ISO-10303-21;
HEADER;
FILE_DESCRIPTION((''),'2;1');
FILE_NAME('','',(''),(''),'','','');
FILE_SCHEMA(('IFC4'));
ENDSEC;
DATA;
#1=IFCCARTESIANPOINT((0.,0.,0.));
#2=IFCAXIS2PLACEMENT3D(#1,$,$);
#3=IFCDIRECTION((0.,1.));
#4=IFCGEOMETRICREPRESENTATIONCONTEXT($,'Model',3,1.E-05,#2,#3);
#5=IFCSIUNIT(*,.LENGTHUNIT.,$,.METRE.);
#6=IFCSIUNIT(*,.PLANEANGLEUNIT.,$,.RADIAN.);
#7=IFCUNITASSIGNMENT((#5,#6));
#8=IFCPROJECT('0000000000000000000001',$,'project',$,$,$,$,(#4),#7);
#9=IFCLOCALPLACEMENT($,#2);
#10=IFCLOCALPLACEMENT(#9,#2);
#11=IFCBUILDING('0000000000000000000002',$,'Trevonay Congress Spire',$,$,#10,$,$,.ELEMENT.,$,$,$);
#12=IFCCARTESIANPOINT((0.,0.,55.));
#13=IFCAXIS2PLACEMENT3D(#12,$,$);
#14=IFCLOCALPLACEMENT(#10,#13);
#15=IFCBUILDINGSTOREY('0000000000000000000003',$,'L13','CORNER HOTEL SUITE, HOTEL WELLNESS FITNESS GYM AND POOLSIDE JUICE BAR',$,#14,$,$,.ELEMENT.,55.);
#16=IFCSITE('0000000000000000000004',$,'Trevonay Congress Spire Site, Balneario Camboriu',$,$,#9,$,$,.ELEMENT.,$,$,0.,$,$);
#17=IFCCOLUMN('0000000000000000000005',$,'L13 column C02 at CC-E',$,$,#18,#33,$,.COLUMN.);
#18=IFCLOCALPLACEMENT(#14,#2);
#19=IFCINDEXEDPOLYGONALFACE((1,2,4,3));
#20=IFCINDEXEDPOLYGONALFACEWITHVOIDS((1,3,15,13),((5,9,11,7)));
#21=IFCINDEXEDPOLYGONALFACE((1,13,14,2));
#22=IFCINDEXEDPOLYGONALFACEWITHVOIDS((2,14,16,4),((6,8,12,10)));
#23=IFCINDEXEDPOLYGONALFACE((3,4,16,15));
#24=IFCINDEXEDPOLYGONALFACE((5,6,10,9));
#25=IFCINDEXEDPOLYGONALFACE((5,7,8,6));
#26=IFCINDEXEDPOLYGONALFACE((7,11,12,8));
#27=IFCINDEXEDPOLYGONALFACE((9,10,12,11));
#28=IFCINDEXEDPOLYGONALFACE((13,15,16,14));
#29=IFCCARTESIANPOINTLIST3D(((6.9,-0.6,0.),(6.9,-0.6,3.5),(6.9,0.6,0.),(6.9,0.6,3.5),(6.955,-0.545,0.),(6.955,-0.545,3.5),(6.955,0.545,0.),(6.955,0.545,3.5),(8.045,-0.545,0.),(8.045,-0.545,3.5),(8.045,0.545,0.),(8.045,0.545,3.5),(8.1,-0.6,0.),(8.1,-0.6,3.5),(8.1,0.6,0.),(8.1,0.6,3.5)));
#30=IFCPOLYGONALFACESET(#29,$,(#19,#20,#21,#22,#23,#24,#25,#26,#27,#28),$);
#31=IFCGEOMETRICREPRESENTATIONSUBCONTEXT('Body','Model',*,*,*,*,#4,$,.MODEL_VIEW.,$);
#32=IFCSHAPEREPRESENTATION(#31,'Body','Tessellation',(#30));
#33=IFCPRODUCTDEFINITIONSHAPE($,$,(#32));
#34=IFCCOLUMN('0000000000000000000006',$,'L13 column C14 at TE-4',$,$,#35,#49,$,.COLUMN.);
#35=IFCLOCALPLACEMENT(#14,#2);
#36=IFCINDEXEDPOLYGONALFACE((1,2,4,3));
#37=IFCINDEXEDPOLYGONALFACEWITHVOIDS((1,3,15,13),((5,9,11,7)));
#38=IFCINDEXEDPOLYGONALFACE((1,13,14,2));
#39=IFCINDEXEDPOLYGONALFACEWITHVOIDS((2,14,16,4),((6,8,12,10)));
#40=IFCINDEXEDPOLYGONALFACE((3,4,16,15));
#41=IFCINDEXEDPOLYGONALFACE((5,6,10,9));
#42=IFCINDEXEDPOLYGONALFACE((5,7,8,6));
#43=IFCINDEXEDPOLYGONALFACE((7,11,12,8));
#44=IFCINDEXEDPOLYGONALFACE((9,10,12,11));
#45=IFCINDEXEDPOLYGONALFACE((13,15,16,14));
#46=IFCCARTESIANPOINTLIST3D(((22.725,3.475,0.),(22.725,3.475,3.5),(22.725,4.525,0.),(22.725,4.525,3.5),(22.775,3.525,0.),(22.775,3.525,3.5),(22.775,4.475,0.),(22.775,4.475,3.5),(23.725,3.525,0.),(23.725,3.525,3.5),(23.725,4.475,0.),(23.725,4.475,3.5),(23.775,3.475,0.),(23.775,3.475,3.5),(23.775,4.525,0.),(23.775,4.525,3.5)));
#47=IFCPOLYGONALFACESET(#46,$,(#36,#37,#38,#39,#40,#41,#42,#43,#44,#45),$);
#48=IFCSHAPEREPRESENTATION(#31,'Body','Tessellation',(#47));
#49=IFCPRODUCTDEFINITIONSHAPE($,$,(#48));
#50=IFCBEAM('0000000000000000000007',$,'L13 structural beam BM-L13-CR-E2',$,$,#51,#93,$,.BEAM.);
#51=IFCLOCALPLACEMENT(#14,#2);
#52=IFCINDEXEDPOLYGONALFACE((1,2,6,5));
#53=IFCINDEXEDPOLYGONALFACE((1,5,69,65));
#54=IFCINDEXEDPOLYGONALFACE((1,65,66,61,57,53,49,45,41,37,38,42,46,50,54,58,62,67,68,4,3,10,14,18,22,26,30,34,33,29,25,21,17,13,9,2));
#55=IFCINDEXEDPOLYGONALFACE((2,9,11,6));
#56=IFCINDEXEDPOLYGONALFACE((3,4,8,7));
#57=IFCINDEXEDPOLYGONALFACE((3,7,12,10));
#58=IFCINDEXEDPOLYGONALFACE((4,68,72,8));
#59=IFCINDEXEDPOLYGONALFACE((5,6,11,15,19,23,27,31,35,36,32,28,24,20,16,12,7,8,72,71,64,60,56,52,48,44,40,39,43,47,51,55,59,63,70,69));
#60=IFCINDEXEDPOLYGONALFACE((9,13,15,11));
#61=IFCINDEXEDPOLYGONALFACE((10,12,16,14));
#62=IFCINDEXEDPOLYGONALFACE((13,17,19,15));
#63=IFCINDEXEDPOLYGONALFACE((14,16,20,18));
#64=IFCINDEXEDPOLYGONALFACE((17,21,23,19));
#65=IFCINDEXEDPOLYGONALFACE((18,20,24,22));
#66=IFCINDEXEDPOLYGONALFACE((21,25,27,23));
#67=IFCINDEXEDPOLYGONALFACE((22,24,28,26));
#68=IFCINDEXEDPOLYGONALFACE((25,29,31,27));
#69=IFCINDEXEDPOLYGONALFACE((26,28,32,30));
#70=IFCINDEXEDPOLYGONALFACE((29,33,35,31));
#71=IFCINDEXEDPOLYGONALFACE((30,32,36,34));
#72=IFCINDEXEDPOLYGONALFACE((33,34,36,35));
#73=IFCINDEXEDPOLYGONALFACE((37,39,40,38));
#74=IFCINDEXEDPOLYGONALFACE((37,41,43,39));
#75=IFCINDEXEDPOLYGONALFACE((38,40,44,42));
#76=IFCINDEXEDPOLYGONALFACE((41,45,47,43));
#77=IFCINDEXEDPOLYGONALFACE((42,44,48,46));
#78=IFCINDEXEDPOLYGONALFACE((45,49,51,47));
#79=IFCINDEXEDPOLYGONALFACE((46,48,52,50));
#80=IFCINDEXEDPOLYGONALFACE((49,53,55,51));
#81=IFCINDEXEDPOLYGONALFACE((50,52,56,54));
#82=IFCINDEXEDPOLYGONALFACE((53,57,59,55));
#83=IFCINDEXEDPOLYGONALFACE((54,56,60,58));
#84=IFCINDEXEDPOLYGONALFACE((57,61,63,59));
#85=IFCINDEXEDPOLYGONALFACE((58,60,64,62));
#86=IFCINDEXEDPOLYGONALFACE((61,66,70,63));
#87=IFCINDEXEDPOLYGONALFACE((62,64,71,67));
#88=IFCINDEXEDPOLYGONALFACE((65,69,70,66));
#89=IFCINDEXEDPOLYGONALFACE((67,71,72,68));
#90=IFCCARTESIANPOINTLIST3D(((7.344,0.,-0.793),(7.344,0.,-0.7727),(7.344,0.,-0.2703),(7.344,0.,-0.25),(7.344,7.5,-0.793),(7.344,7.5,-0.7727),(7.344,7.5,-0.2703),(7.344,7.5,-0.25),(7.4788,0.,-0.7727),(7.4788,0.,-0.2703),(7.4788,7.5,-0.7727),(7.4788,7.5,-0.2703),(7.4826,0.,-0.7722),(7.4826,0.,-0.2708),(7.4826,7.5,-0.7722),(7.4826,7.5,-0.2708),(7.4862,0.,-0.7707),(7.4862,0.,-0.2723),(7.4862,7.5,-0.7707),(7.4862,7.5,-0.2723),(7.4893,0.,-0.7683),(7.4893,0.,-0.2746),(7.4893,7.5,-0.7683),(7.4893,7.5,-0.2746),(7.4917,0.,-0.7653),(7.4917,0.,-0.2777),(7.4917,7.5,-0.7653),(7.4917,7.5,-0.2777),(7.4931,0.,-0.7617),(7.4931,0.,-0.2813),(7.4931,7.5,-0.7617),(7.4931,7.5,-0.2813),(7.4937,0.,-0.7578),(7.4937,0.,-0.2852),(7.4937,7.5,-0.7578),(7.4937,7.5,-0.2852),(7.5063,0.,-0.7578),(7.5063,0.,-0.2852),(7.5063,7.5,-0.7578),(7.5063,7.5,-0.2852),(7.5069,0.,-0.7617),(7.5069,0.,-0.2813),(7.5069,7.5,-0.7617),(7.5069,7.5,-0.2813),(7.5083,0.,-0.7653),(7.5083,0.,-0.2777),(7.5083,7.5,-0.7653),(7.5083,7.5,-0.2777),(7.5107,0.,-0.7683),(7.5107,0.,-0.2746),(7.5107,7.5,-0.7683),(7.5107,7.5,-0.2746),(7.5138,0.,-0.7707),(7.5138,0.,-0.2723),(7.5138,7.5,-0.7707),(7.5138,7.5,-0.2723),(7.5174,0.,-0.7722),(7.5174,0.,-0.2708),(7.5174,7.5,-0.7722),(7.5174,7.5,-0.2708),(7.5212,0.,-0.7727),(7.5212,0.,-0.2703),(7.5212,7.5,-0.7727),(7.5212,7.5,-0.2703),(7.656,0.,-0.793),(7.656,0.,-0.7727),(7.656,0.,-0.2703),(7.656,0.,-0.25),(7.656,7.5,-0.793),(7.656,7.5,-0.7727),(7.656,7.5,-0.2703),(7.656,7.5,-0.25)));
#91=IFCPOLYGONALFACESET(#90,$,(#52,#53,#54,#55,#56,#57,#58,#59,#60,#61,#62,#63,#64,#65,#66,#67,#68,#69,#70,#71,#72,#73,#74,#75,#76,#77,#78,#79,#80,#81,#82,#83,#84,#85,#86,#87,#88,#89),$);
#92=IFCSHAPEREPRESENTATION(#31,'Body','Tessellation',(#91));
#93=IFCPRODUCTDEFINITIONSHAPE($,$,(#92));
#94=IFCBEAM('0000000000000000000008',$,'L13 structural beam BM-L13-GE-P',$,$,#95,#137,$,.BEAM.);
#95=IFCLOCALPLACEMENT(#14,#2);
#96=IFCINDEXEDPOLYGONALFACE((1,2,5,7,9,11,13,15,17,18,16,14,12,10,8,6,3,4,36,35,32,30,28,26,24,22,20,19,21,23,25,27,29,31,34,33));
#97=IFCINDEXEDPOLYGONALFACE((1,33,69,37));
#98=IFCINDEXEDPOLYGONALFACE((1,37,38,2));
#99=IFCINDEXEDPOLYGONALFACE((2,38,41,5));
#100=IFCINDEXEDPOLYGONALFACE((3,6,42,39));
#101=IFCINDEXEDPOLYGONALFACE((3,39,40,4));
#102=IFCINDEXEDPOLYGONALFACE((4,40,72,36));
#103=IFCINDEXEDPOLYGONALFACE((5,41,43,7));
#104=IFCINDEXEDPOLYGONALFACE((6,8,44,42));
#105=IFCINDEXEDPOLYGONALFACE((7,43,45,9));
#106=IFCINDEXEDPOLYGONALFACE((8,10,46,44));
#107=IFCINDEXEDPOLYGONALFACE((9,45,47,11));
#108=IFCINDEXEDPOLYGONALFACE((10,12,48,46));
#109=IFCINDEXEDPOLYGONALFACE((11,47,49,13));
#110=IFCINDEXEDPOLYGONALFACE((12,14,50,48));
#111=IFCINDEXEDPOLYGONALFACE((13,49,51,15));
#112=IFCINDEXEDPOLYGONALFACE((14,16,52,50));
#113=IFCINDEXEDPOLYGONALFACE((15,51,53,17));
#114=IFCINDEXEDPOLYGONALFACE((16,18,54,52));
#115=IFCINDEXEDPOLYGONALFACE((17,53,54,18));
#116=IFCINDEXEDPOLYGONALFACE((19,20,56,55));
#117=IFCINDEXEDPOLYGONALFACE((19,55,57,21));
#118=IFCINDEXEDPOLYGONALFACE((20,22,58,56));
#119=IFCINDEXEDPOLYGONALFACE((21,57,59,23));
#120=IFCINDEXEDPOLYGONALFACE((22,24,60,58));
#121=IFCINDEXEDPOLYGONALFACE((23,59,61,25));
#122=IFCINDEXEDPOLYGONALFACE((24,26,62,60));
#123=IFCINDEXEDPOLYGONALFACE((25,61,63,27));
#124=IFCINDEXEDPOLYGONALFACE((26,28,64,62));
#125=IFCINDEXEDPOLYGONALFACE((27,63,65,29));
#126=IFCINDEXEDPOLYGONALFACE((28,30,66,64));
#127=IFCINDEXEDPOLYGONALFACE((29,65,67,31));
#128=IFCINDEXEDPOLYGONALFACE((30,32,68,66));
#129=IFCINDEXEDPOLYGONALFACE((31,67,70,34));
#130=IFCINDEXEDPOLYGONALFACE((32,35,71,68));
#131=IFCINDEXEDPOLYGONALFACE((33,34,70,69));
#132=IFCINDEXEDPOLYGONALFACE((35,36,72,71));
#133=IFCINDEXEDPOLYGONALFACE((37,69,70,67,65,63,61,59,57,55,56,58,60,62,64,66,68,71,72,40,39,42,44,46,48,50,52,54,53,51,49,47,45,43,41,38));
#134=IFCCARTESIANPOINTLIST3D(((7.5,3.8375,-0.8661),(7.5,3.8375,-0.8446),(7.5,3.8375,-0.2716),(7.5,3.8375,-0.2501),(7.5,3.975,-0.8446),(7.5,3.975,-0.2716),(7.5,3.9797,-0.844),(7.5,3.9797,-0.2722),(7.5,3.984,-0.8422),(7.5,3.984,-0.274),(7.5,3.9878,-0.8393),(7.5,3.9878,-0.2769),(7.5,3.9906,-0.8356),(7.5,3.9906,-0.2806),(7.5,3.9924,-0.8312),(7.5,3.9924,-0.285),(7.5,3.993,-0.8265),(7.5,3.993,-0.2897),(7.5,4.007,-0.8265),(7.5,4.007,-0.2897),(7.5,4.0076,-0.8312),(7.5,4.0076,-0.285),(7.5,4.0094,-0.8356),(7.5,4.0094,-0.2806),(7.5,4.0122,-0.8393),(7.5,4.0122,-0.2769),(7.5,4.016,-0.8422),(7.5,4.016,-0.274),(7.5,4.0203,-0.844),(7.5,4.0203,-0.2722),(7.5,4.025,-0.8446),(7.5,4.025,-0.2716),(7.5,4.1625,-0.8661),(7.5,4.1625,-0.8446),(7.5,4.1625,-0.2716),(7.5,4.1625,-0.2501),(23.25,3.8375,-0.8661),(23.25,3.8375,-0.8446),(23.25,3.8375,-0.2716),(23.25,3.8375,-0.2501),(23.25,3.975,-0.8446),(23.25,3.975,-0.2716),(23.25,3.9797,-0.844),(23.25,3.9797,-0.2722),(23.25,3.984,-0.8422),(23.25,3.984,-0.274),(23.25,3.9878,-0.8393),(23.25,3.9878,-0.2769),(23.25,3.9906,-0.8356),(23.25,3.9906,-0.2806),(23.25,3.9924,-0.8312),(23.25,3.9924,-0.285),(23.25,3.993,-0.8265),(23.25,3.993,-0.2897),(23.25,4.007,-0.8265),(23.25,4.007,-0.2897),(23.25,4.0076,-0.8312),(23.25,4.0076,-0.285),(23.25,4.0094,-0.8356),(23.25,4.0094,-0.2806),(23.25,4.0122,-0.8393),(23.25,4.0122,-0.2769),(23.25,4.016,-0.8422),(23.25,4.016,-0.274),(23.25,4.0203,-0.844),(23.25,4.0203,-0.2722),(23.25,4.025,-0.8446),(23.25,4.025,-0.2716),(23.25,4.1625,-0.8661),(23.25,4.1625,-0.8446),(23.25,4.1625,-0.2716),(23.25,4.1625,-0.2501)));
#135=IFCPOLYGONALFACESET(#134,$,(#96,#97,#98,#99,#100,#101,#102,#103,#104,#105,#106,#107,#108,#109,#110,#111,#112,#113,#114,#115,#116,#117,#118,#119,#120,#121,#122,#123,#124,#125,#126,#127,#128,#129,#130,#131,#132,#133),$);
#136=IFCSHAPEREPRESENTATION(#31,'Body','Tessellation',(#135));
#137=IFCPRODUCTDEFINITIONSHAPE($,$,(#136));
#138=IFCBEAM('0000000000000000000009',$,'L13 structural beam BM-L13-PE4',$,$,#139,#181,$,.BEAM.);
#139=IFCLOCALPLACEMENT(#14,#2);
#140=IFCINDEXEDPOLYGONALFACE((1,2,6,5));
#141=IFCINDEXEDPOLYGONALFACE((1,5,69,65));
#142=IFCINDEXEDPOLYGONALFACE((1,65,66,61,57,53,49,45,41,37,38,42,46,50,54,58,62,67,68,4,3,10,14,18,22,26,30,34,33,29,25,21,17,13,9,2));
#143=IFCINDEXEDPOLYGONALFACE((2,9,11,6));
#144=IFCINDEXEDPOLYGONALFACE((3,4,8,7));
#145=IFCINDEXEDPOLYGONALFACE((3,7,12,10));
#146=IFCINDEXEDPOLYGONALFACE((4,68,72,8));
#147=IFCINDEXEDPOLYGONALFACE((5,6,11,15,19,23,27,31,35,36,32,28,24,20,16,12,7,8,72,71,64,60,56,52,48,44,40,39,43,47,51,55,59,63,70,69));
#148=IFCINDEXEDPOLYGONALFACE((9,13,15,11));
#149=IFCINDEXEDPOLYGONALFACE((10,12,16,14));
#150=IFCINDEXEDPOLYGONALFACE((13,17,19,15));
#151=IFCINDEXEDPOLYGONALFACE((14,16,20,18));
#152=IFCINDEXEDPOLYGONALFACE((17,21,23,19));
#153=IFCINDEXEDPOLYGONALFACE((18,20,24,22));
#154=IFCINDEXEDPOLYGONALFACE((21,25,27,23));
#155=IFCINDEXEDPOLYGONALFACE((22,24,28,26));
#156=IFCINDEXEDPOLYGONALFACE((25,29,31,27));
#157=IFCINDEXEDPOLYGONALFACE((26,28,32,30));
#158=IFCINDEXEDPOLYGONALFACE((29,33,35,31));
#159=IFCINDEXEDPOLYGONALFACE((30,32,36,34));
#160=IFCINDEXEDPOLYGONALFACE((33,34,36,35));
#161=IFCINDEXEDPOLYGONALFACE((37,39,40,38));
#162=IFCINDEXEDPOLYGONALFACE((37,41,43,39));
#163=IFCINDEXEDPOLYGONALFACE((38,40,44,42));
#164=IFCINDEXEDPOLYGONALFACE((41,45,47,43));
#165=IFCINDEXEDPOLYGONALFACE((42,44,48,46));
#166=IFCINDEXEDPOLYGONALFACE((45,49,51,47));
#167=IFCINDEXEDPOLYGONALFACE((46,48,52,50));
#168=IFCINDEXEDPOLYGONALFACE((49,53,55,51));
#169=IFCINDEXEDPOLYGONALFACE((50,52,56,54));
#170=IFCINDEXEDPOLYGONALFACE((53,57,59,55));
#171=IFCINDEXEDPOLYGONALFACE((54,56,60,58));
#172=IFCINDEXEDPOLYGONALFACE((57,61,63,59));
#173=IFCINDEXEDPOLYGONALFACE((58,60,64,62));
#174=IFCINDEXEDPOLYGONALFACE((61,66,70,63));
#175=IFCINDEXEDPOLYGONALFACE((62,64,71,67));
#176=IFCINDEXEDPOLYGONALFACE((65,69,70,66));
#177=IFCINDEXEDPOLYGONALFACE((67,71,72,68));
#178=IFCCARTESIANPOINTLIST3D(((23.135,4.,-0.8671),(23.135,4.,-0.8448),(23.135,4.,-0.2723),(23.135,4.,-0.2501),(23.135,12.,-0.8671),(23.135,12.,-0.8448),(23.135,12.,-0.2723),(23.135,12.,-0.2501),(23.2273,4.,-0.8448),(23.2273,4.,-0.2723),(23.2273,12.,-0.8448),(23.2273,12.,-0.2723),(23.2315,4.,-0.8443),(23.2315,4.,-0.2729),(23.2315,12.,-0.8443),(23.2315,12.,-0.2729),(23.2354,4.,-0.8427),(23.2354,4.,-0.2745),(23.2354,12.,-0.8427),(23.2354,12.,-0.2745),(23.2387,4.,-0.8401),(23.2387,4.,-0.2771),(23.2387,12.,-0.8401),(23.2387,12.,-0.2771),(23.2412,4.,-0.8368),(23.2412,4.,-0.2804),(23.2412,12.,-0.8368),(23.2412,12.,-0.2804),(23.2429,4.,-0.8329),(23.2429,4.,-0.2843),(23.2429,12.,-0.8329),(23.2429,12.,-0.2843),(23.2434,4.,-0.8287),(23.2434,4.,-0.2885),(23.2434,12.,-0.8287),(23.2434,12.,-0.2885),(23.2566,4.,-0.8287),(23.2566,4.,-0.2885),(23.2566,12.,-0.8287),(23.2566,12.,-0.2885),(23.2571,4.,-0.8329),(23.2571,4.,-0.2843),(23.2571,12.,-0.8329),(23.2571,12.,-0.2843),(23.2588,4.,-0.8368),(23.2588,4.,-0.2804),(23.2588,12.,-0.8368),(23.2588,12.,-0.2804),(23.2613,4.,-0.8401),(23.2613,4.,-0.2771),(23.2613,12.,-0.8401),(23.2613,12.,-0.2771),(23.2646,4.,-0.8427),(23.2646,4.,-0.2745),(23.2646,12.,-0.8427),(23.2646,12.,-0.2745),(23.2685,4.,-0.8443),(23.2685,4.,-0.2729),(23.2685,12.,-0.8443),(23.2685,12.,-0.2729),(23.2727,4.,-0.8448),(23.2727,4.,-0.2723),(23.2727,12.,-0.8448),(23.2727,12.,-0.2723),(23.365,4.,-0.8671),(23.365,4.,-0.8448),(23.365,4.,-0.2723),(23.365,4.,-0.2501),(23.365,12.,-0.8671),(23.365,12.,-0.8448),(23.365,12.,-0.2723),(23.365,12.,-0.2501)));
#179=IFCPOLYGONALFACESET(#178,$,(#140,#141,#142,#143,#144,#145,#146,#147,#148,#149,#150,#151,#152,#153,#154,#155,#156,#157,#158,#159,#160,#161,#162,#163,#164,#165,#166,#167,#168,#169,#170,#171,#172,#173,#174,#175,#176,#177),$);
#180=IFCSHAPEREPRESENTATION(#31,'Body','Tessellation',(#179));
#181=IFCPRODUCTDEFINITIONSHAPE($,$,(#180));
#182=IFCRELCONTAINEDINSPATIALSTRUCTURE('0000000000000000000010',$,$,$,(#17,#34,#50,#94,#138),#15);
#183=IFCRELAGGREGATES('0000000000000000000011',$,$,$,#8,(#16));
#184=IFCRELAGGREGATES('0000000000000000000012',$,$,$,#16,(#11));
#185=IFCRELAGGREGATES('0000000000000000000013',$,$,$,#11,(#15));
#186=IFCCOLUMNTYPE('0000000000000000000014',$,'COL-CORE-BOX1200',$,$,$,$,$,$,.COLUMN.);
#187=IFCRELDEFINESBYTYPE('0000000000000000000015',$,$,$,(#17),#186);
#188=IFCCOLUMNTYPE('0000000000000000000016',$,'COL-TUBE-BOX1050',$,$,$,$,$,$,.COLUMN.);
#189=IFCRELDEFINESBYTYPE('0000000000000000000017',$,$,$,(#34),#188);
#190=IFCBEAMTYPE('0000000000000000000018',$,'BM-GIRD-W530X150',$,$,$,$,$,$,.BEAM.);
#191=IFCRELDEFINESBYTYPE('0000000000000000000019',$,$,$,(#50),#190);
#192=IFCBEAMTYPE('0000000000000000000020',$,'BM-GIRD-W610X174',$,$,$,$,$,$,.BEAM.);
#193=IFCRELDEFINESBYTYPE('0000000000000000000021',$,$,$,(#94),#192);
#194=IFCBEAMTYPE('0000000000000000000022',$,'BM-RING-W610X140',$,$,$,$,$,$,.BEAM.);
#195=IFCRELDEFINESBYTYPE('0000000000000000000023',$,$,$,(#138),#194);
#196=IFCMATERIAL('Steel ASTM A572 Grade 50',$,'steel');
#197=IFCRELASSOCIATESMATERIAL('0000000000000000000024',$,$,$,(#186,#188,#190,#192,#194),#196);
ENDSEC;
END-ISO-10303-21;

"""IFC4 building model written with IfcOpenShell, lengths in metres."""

from ifc_helpers import new_model, si_unit, direction, frame, origin, origin_2d, place, context, subcontext, project, spatial, hollow_rectangle, i_section, extrude, material, material_profile, profile_set, type_object, element, save


model = new_model("IFC4")

# Units and contexts
model_context = context("Model", 3, precision=1e-05, world=origin(), true_north=direction((0.0, 1.0)))
body_context = subcontext(model_context, "Body", "Model", "MODEL_VIEW")
ifc_project = project(units=[si_unit("LENGTHUNIT", "METRE"), si_unit("PLANEANGLEUNIT", "RADIAN")], contexts=[model_context])

# Site, building, storey
site_placement = place(None, origin())
site = spatial("IfcSite", under=ifc_project, at=site_placement, Name="Trevonay Congress Spire Site, Balneario Camboriu", CompositionType="ELEMENT", RefElevation=0.0)
building_placement = place(site_placement, origin())
building = spatial("IfcBuilding", under=site, at=building_placement, Name="Trevonay Congress Spire", CompositionType="ELEMENT")
storey_placement = place(building_placement, frame((0.0, 0.0, 55.0)))
storey = spatial("IfcBuildingStorey", under=building, at=storey_placement, Name="L13", Description="CORNER HOTEL SUITE, HOTEL WELLNESS FITNESS GYM AND POOLSIDE JUICE BAR", CompositionType="ELEMENT", Elevation=55.0)

# Columns
ifc_material_1 = material(Name="Steel ASTM A572 Grade 50", Category="steel")
ifc_material_profile_1 = material_profile(ifc_material_1, hollow_rectangle(XDim=1.2, YDim=1.2, WallThickness=0.0549, at=origin_2d()), Name="BOX 1200x1200x55")
ifc_profile_set_1 = profile_set([ifc_material_profile_1], Name="Steel ASTM A572 Grade 50")
column_type_1 = type_object("IfcColumnType", Name="COL-CORE-BOX1200", PredefinedType="COLUMN", material=ifc_profile_set_1)
column_1_placement = place(storey_placement, frame((7.5, 0.0, 0.0), z_axis=(0.0, 0.0, 1.0), x_axis=(1.0, 0.0, 0.0)))
element("IfcColumn", 1, at=column_1_placement, inside=storey, type_object=column_type_1, Name="L13 column C02 at CC-E", PredefinedType="COLUMN", context=body_context, shape_type="SweptSolid", body=[
    extrude(hollow_rectangle(XDim=1.2, YDim=1.2, WallThickness=0.0549, at=origin_2d()), origin(), (0.0, 0.0, 1.0), 3.5),
])
ifc_material_profile_2 = material_profile(ifc_material_1, hollow_rectangle(XDim=1.05, YDim=1.05, WallThickness=0.05, at=origin_2d()), Name="BOX 1050x1050x50")
ifc_profile_set_2 = profile_set([ifc_material_profile_2], Name="Steel ASTM A572 Grade 50")
column_type_2 = type_object("IfcColumnType", Name="COL-TUBE-BOX1050", PredefinedType="COLUMN", material=ifc_profile_set_2)
column_2_placement = place(storey_placement, frame((23.25, 4.0, 0.0), z_axis=(0.0, 0.0, 1.0), x_axis=(1.0, 0.0, 0.0)))
element("IfcColumn", 2, at=column_2_placement, inside=storey, type_object=column_type_2, Name="L13 column C14 at TE-4", PredefinedType="COLUMN", context=body_context, shape_type="SweptSolid", body=[
    extrude(hollow_rectangle(XDim=1.05, YDim=1.05, WallThickness=0.05, at=origin_2d()), origin(), (0.0, 0.0, 1.0), 3.5),
])

# Beams
ifc_material_profile_3 = material_profile(ifc_material_1, i_section(OverallWidth=0.312, OverallDepth=0.543, WebThickness=0.0127, FlangeThickness=0.0203, FilletRadius=0.0149, at=origin_2d()), Name="W530x150")
ifc_profile_set_3 = profile_set([ifc_material_profile_3], Name="Steel ASTM A572 Grade 50")
beam_type_1 = type_object("IfcBeamType", Name="BM-GIRD-W530X150", PredefinedType="BEAM", material=ifc_profile_set_3)
beam_1_placement = place(storey_placement, frame((7.5, 0.0, -0.5215), z_axis=(0.0, 1.0, 0.0), x_axis=(-1.0, 0.0, 0.0)))
element("IfcBeam", 3, at=beam_1_placement, inside=storey, type_object=beam_type_1, Name="L13 structural beam BM-L13-CR-E2", PredefinedType="BEAM", context=body_context, shape_type="SweptSolid", body=[
    extrude(i_section(OverallWidth=0.312, OverallDepth=0.543, WebThickness=0.0127, FlangeThickness=0.0203, FilletRadius=0.0149, at=origin_2d()), origin(), (0.0, 0.0, 1.0), 7.5),
])
ifc_material_profile_4 = material_profile(ifc_material_1, i_section(OverallWidth=0.325, OverallDepth=0.616, WebThickness=0.0139, FlangeThickness=0.0215, FilletRadius=0.0181, at=origin_2d()), Name="W610x174")
ifc_profile_set_4 = profile_set([ifc_material_profile_4], Name="Steel ASTM A572 Grade 50")
beam_type_2 = type_object("IfcBeamType", Name="BM-GIRD-W610X174", PredefinedType="BEAM", material=ifc_profile_set_4)
beam_2_placement = place(storey_placement, frame((7.5, 4.0, -0.5581), z_axis=(1.0, 0.0, 0.0), x_axis=(0.0, 1.0, 0.0)))
element("IfcBeam", 4, at=beam_2_placement, inside=storey, type_object=beam_type_2, Name="L13 structural beam BM-L13-GE-P", PredefinedType="BEAM", context=body_context, shape_type="SweptSolid", body=[
    extrude(i_section(OverallWidth=0.325, OverallDepth=0.616, WebThickness=0.0139, FlangeThickness=0.0215, FilletRadius=0.0181, at=origin_2d()), origin(), (0.0, 0.0, 1.0), 15.75),
])
ifc_material_profile_5 = material_profile(ifc_material_1, i_section(OverallWidth=0.23, OverallDepth=0.6169, WebThickness=0.0132, FlangeThickness=0.0222, FilletRadius=0.0161, at=origin_2d()), Name="W610x140")
ifc_profile_set_5 = profile_set([ifc_material_profile_5], Name="Steel ASTM A572 Grade 50")
beam_type_3 = type_object("IfcBeamType", Name="BM-RING-W610X140", PredefinedType="BEAM", material=ifc_profile_set_5)
beam_3_placement = place(storey_placement, frame((23.25, 4.0, -0.5586), z_axis=(0.0, 1.0, 0.0), x_axis=(-1.0, 0.0, 0.0)))
element("IfcBeam", 5, at=beam_3_placement, inside=storey, type_object=beam_type_3, Name="L13 structural beam BM-L13-PE4", PredefinedType="BEAM", context=body_context, shape_type="SweptSolid", body=[
    extrude(i_section(OverallWidth=0.23, OverallDepth=0.6169, WebThickness=0.0132, FlangeThickness=0.0222, FilletRadius=0.0161, at=origin_2d()), origin(), (0.0, 0.0, 1.0), 8.0),
])

save(model, "model.ifc")
